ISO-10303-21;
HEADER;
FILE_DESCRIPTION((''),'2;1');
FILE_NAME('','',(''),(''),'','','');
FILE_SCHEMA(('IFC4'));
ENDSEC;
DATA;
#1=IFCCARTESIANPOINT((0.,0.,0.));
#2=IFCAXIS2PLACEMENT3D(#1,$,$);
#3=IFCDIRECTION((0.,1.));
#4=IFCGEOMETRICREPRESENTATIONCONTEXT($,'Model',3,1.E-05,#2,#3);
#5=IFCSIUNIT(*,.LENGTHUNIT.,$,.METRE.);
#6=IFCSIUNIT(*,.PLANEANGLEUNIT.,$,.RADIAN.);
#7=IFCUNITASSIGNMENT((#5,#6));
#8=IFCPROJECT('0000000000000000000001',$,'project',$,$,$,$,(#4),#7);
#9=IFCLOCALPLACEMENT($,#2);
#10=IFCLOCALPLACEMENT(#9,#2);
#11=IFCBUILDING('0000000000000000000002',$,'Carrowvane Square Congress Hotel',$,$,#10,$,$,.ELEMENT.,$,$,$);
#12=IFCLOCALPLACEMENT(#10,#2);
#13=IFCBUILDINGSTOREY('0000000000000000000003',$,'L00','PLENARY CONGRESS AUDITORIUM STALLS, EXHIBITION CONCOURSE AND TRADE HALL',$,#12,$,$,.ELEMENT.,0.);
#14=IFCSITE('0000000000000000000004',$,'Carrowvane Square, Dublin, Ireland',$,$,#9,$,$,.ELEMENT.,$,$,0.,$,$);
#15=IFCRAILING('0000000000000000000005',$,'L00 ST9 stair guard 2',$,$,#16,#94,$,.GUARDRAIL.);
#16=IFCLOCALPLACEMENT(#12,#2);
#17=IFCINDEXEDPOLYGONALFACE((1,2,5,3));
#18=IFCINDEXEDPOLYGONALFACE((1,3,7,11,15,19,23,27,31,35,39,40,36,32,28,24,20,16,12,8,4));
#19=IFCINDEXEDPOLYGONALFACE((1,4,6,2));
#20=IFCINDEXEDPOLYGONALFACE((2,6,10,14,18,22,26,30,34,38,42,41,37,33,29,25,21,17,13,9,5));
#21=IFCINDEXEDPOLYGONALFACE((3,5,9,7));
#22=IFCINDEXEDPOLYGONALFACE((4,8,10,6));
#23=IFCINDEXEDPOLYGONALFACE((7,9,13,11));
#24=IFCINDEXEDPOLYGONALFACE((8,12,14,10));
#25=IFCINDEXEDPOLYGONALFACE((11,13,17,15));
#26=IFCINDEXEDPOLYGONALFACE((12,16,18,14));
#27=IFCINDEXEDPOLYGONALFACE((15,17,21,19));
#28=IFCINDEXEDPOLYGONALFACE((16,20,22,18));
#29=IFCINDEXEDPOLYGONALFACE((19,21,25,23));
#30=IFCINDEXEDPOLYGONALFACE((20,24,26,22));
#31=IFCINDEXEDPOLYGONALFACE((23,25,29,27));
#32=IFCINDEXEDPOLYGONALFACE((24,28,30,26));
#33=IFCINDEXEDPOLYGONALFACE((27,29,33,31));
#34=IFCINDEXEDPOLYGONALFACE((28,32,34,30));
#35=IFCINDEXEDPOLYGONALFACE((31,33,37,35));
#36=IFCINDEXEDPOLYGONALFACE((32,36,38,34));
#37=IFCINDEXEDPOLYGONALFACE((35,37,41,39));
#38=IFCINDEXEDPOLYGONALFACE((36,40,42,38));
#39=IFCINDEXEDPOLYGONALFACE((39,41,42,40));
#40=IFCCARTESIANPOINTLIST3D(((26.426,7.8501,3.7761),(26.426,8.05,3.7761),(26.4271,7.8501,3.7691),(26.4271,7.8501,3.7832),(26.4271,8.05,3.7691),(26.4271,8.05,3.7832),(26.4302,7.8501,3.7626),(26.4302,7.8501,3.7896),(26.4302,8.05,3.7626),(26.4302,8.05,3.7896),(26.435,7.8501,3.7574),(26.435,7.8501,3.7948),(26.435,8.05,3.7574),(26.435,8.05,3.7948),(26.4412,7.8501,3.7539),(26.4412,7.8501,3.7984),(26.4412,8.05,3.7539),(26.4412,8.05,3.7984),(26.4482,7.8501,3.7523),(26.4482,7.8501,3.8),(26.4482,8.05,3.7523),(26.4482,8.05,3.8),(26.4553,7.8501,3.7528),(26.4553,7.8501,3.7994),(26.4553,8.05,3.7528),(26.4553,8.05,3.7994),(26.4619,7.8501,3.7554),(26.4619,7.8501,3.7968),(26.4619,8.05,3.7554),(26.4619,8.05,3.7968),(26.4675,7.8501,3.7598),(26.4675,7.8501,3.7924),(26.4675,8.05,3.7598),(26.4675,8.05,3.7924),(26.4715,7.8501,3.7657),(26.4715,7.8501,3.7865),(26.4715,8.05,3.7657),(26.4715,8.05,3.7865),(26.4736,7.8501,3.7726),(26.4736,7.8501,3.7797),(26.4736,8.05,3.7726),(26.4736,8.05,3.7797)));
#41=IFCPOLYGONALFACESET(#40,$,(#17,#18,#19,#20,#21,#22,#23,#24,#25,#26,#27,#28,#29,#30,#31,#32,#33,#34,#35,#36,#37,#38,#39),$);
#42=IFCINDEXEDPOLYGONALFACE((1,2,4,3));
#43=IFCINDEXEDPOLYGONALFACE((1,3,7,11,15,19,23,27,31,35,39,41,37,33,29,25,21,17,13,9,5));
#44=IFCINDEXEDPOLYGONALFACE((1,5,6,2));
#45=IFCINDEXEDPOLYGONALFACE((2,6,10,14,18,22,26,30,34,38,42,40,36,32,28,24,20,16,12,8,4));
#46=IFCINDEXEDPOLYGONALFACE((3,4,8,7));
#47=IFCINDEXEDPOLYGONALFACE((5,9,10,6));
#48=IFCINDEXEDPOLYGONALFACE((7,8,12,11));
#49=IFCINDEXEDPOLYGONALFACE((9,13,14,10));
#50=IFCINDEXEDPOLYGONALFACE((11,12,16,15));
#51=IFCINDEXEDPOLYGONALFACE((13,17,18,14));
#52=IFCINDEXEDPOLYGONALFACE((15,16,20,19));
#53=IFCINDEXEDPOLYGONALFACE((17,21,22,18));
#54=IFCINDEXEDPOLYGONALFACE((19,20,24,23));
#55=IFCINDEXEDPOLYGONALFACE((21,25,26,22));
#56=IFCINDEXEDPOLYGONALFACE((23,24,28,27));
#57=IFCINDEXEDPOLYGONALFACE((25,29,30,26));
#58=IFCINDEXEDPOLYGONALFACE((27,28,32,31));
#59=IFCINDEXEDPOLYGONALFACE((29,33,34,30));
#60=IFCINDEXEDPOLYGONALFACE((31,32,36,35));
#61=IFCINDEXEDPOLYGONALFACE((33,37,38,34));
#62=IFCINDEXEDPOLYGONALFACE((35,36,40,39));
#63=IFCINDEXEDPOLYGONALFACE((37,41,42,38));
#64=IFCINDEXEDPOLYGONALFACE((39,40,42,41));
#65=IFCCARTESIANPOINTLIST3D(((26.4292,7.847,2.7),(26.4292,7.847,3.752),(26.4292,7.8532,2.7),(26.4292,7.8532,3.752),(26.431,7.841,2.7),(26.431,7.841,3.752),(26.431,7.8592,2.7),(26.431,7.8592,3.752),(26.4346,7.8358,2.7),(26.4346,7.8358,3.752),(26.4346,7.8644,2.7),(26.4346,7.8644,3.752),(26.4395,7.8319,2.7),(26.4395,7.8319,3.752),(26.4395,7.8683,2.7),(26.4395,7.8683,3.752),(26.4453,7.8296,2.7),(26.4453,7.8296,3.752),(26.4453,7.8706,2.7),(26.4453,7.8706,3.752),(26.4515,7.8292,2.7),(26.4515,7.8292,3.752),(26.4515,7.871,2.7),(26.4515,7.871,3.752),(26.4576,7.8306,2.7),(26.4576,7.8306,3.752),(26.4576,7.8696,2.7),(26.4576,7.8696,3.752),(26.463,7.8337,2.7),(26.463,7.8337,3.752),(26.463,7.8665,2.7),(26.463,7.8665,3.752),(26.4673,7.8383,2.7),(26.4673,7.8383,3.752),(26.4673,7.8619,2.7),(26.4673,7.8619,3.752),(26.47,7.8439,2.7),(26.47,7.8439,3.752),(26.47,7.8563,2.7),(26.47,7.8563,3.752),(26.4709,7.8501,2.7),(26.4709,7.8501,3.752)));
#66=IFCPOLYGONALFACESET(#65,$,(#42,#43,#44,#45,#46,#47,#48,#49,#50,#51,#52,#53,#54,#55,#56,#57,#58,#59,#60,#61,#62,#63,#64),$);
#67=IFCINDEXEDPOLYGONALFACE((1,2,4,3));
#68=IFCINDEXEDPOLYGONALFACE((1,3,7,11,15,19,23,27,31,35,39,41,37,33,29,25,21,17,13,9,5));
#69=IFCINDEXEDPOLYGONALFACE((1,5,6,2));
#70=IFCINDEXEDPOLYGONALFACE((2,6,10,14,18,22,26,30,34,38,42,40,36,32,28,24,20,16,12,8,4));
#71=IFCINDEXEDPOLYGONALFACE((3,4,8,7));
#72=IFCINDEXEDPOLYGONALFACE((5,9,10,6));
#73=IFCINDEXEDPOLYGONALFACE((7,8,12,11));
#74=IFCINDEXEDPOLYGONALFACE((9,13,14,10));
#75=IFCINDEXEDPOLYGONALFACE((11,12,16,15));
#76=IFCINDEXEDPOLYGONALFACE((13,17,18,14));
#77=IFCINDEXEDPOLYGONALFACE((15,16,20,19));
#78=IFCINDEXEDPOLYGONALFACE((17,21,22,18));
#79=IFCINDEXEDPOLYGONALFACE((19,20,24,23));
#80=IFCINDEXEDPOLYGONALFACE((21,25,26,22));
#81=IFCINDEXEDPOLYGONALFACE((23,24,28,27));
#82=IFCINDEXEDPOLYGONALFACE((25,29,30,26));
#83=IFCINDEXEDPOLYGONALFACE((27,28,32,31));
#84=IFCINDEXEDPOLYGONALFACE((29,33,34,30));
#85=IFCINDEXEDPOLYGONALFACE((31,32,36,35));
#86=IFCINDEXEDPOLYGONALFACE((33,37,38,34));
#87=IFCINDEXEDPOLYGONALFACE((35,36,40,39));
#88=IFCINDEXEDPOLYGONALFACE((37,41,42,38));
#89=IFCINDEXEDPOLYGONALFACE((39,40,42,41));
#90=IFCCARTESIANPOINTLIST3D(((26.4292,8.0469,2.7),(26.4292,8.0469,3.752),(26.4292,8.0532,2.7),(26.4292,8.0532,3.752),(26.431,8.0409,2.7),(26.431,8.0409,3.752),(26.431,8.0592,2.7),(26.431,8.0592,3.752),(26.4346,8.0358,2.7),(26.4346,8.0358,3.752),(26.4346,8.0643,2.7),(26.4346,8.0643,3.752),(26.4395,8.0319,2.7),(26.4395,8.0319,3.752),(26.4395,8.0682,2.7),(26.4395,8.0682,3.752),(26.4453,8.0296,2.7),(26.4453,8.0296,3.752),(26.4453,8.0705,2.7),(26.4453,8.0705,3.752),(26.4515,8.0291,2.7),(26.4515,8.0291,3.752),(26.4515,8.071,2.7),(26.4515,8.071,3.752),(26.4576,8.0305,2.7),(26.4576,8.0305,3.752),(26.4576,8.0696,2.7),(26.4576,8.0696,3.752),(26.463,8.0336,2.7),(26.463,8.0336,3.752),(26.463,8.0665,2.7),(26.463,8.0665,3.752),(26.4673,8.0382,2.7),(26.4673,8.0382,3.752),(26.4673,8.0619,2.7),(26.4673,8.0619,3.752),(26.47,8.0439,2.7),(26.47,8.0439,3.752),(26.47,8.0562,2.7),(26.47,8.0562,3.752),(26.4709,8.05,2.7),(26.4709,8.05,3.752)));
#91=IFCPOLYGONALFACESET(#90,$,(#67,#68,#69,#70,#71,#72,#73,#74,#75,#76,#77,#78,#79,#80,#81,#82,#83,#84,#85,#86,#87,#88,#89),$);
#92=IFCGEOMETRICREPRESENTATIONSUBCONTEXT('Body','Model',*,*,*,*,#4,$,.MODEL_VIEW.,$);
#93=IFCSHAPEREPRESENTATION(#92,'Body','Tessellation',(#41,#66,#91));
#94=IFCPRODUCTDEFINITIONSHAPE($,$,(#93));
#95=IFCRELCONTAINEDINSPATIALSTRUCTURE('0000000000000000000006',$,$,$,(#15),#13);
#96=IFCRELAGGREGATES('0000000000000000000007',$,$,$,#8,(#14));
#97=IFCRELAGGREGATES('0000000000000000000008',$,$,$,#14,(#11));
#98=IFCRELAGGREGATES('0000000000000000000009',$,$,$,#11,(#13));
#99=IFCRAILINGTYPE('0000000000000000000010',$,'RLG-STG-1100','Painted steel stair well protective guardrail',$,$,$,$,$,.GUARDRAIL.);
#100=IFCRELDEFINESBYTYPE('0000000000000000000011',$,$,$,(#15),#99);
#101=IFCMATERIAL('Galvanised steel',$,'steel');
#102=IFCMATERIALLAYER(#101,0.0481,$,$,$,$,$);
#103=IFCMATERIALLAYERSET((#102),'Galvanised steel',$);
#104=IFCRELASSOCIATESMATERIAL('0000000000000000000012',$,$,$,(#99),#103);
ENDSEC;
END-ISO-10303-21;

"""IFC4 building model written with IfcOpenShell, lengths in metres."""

from ifc_helpers import new_model, si_unit, direction, frame, origin, origin_2d, place, context, subcontext, project, spatial, circle, extrude, material, layer, layer_set, type_object, element, save


model = new_model("IFC4")

# Units and contexts
model_context = context("Model", 3, precision=1e-05, world=origin(), true_north=direction((0.0, 1.0)))
body_context = subcontext(model_context, "Body", "Model", "MODEL_VIEW")
ifc_project = project(units=[si_unit("LENGTHUNIT", "METRE"), si_unit("PLANEANGLEUNIT", "RADIAN")], contexts=[model_context])

# Site, building, storey
site_placement = place(None, origin())
site = spatial("IfcSite", under=ifc_project, at=site_placement, Name="Carrowvane Square, Dublin, Ireland", CompositionType="ELEMENT", RefElevation=0.0)
building_placement = place(site_placement, origin())
building = spatial("IfcBuilding", under=site, at=building_placement, Name="Carrowvane Square Congress Hotel", CompositionType="ELEMENT")
storey_placement = place(building_placement, origin())
storey = spatial("IfcBuildingStorey", under=building, at=storey_placement, Name="L00", Description="PLENARY CONGRESS AUDITORIUM STALLS, EXHIBITION CONCOURSE AND TRADE HALL", CompositionType="ELEMENT", Elevation=0.0)

# Railing
ifc_material_1 = material(Name="Galvanised steel", Category="steel")
ifc_layer_1 = layer(ifc_material_1, 0.0481)
ifc_layer_set_1 = layer_set([ifc_layer_1], Name="Galvanised steel")
railing_type_1 = type_object("IfcRailingType", Name="RLG-STG-1100", Description="Painted steel stair well protective guardrail", PredefinedType="GUARDRAIL", material=ifc_layer_set_1)
railing_1_placement = place(storey_placement, frame((26.45, 7.8501, 2.7)))
element("IfcRailing", 1, at=railing_1_placement, inside=storey, type_object=railing_type_1, Name="L00 ST9 stair guard 2", PredefinedType="GUARDRAIL", context=body_context, shape_type="SweptSolid", body=[
    extrude(circle(Radius=0.0239, at=origin_2d()), frame((0.0, 0.0, 1.0762), z_axis=(0.0, 1.0, 0.0), x_axis=(-1.0, 0.0, 0.0)), (0.0, 0.0, 1.0), 0.2),
    extrude(circle(Radius=0.021, at=origin_2d()), origin(), (0.0, 0.0, 1.0), 1.052),
    extrude(circle(Radius=0.021, at=origin_2d()), frame((0.0, 0.2, 0.0)), (0.0, 0.0, 1.0), 1.052),
])

save(model, "model.ifc")
